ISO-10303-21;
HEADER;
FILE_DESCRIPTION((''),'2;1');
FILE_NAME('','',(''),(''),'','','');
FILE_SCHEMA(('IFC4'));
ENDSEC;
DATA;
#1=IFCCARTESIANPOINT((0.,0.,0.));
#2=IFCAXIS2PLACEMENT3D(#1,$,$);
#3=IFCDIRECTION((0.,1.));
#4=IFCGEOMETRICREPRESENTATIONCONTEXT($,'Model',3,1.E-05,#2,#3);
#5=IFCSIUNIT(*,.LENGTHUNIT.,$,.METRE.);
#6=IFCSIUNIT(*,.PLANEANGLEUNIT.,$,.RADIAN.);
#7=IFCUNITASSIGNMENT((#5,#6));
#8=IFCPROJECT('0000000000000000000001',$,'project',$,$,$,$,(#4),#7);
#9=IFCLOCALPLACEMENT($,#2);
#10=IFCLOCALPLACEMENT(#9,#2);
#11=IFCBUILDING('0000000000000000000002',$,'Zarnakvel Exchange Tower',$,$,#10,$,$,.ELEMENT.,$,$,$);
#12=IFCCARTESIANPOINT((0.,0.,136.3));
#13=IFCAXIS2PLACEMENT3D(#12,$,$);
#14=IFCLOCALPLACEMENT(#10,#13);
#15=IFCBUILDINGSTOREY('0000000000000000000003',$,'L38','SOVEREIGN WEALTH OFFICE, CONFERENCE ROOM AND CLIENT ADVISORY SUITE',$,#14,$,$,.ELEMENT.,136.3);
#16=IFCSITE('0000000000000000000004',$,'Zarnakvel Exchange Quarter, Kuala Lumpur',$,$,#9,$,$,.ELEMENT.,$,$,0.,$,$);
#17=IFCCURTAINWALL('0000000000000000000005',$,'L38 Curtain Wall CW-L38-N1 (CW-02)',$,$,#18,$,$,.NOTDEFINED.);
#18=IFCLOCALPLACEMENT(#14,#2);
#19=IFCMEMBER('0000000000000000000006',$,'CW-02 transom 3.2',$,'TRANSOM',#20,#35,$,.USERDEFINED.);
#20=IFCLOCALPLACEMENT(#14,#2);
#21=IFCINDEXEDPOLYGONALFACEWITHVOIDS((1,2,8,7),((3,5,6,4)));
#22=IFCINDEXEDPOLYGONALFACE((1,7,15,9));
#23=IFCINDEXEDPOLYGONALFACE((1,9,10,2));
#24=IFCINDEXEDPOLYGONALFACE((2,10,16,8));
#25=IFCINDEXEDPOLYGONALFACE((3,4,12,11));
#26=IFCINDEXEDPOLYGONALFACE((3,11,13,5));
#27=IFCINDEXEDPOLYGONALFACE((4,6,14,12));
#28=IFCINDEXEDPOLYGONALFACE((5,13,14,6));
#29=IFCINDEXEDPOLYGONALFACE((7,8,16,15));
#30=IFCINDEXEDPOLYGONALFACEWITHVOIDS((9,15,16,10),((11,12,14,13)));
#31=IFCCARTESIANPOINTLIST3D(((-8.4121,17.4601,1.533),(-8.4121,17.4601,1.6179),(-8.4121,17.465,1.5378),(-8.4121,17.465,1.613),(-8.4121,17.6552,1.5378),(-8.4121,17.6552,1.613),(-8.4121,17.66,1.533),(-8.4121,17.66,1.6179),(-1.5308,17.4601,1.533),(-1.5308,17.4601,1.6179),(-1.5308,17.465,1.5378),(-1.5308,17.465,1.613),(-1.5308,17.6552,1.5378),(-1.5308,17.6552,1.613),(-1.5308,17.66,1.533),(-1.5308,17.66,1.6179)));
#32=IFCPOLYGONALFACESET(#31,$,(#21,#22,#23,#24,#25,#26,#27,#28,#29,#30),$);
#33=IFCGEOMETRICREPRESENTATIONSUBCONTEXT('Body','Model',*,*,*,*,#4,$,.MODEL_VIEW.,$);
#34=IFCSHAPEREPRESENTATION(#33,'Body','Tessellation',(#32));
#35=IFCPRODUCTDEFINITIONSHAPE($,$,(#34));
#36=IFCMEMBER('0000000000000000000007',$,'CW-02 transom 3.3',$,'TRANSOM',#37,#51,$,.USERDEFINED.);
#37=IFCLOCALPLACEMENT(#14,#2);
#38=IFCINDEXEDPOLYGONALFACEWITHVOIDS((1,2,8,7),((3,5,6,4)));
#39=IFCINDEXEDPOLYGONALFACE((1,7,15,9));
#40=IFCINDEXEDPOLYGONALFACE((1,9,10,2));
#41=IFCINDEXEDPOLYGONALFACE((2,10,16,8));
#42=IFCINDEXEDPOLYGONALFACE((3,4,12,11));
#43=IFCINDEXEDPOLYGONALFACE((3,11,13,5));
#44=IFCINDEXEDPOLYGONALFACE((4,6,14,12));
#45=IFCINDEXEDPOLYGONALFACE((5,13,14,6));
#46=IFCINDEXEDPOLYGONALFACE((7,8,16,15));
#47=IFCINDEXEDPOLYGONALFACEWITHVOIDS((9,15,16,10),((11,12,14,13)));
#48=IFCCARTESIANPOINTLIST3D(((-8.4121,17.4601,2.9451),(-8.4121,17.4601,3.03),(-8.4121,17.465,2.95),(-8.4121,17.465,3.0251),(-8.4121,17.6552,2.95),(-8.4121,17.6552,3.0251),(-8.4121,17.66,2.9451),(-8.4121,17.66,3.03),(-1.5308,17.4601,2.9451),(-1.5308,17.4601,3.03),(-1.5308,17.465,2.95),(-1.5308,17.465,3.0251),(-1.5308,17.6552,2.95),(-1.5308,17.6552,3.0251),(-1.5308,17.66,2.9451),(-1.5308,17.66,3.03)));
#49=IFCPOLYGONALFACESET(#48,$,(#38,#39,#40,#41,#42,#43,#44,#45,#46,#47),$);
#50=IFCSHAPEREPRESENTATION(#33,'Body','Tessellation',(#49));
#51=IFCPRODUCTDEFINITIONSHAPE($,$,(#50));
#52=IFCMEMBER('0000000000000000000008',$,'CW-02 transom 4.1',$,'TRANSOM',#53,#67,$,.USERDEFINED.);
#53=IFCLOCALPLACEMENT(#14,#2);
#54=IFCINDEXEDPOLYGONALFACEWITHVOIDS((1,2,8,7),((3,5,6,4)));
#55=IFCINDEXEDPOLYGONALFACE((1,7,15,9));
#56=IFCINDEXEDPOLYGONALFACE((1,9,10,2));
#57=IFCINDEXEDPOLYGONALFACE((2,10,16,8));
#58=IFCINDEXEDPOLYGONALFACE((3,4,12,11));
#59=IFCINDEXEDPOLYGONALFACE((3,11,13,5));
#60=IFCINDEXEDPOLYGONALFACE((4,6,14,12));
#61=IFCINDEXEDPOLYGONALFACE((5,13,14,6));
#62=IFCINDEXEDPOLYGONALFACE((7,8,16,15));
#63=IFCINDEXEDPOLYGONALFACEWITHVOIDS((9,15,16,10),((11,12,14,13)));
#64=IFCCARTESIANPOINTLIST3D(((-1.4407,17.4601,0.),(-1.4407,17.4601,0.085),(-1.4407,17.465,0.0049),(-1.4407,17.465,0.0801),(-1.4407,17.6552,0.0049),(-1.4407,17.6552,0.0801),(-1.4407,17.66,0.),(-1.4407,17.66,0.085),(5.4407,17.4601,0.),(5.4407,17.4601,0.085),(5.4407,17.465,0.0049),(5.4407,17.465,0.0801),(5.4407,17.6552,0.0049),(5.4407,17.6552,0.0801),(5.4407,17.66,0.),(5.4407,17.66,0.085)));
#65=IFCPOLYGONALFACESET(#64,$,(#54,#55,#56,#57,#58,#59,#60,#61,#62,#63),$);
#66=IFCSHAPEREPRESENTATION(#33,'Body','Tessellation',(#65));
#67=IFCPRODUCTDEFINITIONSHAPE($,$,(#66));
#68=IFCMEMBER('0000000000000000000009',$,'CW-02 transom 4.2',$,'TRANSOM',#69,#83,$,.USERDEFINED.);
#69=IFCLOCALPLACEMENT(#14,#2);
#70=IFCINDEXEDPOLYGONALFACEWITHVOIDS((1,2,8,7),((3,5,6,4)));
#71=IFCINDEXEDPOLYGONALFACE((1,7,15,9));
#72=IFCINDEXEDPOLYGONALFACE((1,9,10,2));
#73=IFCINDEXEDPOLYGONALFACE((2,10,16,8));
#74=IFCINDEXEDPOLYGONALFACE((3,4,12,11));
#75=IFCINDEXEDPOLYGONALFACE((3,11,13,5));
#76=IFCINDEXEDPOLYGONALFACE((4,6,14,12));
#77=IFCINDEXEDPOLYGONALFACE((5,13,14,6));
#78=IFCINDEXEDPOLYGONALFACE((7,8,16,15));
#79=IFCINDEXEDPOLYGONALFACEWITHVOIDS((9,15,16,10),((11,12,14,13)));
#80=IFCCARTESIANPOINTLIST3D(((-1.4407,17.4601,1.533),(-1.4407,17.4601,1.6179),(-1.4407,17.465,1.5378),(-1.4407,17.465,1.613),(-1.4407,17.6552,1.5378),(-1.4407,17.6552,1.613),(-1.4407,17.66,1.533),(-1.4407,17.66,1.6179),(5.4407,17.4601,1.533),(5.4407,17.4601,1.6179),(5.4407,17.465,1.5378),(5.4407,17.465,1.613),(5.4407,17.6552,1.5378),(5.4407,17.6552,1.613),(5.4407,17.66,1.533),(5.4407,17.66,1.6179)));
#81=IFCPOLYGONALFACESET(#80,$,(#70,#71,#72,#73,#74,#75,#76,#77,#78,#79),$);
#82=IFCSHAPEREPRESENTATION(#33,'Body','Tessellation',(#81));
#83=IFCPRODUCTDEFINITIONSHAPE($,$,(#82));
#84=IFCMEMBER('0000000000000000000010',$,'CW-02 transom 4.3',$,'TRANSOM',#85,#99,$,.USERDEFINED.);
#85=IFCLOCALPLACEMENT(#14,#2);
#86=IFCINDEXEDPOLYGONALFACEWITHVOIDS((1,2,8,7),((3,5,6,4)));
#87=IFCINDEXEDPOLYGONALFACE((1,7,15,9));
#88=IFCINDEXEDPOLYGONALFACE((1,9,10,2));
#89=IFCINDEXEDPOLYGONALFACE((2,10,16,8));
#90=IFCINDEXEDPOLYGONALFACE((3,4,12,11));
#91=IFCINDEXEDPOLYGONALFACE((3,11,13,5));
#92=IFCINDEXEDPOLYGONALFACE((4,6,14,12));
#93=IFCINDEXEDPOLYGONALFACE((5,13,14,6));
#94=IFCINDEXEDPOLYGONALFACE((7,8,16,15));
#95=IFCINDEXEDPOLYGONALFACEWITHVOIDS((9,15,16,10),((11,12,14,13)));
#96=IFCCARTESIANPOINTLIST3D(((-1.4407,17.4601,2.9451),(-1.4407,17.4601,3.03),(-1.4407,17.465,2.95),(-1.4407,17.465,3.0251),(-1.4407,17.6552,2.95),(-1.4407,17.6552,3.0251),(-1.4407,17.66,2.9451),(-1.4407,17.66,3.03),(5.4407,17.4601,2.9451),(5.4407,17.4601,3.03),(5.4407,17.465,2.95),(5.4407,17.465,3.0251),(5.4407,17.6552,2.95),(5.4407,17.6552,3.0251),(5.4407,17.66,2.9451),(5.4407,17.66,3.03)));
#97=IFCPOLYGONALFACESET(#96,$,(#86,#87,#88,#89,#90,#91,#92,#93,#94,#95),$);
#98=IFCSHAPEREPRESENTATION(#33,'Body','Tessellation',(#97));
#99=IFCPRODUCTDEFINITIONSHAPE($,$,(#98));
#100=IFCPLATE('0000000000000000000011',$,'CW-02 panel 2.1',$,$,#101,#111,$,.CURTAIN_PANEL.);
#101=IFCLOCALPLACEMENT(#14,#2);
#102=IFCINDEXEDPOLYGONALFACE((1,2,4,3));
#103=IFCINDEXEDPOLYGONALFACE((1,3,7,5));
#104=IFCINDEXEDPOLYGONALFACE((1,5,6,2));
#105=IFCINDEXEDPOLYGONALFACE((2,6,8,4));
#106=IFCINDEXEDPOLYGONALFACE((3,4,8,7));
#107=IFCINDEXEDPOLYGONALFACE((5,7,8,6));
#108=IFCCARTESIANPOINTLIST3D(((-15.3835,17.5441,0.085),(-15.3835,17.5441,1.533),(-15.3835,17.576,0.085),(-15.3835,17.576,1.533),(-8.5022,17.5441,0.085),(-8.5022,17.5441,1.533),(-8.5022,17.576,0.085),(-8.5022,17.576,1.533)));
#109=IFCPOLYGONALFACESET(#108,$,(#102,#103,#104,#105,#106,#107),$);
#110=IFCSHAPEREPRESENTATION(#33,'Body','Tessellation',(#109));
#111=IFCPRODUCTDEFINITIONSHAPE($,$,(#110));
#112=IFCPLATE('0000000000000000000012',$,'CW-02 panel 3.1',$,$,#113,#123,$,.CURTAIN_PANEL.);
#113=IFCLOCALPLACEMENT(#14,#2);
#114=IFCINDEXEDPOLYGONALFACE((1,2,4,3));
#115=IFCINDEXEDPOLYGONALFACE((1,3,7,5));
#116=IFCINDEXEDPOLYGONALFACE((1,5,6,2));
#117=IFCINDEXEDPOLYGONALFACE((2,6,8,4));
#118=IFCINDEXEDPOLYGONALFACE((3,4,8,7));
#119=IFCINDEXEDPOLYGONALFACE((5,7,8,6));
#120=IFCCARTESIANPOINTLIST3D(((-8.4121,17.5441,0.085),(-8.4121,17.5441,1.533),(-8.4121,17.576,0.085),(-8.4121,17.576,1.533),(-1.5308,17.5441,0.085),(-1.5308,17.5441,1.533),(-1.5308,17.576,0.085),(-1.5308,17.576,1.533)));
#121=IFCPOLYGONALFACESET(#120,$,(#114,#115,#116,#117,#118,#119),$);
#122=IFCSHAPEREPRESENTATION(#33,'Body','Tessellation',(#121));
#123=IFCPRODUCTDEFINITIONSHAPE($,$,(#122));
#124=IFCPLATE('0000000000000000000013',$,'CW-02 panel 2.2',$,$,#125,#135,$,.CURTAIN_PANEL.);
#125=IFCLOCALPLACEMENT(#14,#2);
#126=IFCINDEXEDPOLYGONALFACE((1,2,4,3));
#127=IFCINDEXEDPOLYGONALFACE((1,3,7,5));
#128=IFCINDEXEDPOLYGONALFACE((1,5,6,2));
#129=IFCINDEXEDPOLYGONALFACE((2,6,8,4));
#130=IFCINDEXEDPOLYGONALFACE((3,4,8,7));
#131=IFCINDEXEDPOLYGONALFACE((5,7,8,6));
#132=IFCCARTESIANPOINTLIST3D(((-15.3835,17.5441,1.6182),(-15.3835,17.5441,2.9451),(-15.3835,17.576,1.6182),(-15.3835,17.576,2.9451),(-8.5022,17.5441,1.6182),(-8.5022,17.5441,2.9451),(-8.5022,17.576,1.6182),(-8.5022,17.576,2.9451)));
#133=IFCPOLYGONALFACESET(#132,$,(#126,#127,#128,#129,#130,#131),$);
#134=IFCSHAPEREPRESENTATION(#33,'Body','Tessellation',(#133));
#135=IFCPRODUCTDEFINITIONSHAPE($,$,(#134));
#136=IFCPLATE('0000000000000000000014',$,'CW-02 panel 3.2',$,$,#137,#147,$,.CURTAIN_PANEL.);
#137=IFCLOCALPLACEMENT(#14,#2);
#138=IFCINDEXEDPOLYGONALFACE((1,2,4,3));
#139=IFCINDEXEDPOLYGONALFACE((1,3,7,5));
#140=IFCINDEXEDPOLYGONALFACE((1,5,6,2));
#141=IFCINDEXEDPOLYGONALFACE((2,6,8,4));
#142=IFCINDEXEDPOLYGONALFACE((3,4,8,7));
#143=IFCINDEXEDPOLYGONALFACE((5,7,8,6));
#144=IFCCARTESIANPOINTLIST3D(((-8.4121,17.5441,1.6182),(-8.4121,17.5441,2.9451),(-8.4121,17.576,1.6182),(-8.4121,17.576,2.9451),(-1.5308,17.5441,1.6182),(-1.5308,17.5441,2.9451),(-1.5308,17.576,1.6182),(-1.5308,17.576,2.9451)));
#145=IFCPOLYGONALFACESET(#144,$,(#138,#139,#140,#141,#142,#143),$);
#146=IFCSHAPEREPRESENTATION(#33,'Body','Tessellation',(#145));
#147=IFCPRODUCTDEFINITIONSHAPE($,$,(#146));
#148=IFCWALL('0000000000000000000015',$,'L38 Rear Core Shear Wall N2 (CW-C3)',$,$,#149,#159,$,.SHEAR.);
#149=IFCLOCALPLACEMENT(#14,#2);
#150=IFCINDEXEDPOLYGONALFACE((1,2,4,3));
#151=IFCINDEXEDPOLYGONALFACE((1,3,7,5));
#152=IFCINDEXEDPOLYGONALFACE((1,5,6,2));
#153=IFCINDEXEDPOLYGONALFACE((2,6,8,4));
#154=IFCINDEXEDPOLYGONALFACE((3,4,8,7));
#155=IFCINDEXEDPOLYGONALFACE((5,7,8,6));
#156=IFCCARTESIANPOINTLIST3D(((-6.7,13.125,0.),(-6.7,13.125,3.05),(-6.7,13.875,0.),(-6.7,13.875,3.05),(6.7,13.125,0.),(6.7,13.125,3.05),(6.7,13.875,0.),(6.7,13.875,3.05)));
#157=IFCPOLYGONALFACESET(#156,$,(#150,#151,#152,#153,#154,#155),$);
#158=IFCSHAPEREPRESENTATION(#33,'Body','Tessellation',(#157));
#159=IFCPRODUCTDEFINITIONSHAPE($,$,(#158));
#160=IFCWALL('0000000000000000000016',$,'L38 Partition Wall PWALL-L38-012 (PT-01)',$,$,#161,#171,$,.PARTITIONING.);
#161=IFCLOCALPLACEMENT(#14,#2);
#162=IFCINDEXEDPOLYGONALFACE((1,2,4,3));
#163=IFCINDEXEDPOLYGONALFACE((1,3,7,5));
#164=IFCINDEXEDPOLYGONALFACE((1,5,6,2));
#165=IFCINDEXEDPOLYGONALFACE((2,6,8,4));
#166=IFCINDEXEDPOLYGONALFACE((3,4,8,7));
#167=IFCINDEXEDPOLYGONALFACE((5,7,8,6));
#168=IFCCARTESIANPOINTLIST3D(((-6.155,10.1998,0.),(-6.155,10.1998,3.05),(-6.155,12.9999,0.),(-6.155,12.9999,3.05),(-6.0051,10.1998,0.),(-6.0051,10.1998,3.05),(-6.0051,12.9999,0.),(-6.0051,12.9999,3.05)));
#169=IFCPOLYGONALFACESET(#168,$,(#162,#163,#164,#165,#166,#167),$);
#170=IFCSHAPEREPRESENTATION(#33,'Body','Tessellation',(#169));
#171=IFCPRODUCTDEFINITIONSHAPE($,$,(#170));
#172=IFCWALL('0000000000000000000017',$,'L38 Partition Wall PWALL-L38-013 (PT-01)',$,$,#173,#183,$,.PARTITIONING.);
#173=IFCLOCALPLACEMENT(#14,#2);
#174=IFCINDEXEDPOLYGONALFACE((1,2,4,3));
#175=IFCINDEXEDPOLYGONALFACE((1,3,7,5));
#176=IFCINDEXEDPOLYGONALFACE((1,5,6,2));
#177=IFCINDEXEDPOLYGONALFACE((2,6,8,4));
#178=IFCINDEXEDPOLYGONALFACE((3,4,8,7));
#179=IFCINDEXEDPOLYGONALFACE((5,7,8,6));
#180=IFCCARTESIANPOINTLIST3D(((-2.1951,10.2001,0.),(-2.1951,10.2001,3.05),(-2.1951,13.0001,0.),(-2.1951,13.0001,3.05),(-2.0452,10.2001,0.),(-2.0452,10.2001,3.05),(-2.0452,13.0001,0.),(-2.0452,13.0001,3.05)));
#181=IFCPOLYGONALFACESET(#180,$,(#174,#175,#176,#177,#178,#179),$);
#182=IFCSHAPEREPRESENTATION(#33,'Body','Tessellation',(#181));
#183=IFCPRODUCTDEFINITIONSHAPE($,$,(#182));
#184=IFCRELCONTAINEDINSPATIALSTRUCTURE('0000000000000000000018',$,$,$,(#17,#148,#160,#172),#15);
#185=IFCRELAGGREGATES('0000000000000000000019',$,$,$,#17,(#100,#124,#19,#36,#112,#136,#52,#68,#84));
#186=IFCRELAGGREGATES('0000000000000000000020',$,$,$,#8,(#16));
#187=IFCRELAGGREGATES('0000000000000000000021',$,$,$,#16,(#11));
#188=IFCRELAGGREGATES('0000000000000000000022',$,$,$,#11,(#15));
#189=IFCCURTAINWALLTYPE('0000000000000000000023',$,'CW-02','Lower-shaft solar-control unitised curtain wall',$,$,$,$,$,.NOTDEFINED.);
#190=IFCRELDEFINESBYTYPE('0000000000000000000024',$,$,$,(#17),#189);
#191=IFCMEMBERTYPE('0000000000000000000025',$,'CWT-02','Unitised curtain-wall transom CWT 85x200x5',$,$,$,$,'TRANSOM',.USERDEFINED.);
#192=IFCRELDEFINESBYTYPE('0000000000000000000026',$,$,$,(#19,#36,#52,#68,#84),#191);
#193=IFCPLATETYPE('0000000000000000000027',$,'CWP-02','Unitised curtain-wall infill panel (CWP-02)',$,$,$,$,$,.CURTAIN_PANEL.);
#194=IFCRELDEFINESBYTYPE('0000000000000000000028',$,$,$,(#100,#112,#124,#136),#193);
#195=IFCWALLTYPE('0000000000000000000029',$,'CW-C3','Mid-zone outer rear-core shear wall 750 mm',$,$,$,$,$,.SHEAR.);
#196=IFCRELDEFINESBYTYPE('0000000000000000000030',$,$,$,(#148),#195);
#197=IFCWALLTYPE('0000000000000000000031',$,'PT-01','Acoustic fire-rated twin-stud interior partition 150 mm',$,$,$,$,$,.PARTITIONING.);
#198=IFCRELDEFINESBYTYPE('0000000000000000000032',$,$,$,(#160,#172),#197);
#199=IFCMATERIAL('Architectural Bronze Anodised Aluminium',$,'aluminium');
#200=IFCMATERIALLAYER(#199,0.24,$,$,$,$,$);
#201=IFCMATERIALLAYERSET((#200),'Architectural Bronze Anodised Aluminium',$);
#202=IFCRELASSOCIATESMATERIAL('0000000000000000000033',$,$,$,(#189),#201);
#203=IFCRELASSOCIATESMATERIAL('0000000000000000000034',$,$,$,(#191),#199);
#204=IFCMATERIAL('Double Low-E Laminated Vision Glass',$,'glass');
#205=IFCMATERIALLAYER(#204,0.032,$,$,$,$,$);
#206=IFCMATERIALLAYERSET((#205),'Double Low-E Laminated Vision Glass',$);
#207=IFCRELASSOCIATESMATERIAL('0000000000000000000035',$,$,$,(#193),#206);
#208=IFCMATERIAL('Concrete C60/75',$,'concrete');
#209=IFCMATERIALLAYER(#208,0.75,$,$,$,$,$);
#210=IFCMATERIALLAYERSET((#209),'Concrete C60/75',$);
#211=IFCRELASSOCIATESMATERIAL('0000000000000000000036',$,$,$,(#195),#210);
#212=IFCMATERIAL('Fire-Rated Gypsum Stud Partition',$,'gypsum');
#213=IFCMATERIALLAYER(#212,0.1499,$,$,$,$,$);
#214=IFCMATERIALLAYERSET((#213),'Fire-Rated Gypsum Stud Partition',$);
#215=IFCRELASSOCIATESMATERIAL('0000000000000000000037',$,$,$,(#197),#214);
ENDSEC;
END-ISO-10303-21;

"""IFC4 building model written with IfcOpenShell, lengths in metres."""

from ifc_helpers import new_model, si_unit, direction, frame, frame_2d, origin, origin_2d, place, context, subcontext, project, spatial, rectangle, hollow_rectangle, extrude, source, transform, mapped, material, layer, layer_set, material_profile, profile_set, type_object, element, aggregate, save


model = new_model("IFC4")

# Units and contexts
model_context = context("Model", 3, precision=1e-05, world=origin(), true_north=direction((0.0, 1.0)))
body_context = subcontext(model_context, "Body", "Model", "MODEL_VIEW")
ifc_project = project(units=[si_unit("LENGTHUNIT", "METRE"), si_unit("PLANEANGLEUNIT", "RADIAN")], contexts=[model_context])

# Site, building, storey
site_placement = place(None, origin())
site = spatial("IfcSite", under=ifc_project, at=site_placement, Name="Zarnakvel Exchange Quarter, Kuala Lumpur", CompositionType="ELEMENT", RefElevation=0.0)
building_placement = place(site_placement, origin())
building = spatial("IfcBuilding", under=site, at=building_placement, Name="Zarnakvel Exchange Tower", CompositionType="ELEMENT")
storey_placement = place(building_placement, frame((0.0, 0.0, 136.3)))
storey = spatial("IfcBuildingStorey", under=building, at=storey_placement, Name="L38", Description="SOVEREIGN WEALTH OFFICE, CONFERENCE ROOM AND CLIENT ADVISORY SUITE", CompositionType="ELEMENT", Elevation=136.3)

# Shared definitions
ifc_material_1 = material(Name="Concrete C60/75", Category="concrete")

# Curtain wall, members, plates
ifc_material_2 = material(Name="Architectural Bronze Anodised Aluminium", Category="aluminium")
ifc_layer_1 = layer(ifc_material_2, 0.24)
ifc_layer_set_1 = layer_set([ifc_layer_1], Name="Architectural Bronze Anodised Aluminium")
curtain_wall_type = type_object("IfcCurtainWallType", Name="CW-02", Description="Lower-shaft solar-control unitised curtain wall", PredefinedType="NOTDEFINED", material=ifc_layer_set_1)
curtain_wall_placement = place(storey_placement, origin())
curtain_wall = element("IfcCurtainWall", 1, at=curtain_wall_placement, inside=storey, type_object=curtain_wall_type, Name="L38 Curtain Wall CW-L38-N1 (CW-02)", PredefinedType="NOTDEFINED")
ifc_material_profile_1 = material_profile(ifc_material_2, hollow_rectangle(XDim=0.2, YDim=0.085, WallThickness=0.0049, at=origin_2d()))
ifc_profile_set_1 = profile_set([ifc_material_profile_1], Name="Architectural Bronze Anodised Aluminium")
member_type_1 = type_object("IfcMemberType", Name="CWT-02", Description="Unitised curtain-wall transom CWT 85x200x5", ElementType="TRANSOM", PredefinedType="USERDEFINED", material=ifc_profile_set_1)
shared_shape_1 = source(origin(), body_context, "Body", "SweptSolid", [
    extrude(hollow_rectangle(XDim=0.2, YDim=0.085, WallThickness=0.0049, at=origin_2d()), origin(), (0.0, 0.0, 1.0), 6.8813),
])
member_1_placement = place(storey_placement, frame((-8.4121, 17.5601, 1.5754), z_axis=(1.0, 0.0, 0.0), x_axis=(0.0, 1.0, 0.0)))
member_1 = element("IfcMember", 2, at=member_1_placement, type_object=member_type_1, Name="CW-02 transom 3.2", ObjectType="TRANSOM", PredefinedType="USERDEFINED", context=body_context, shape_type="MappedRepresentation", body=[
    mapped(shared_shape_1, transform((0.0, 0.0, 0.0), x_axis=(1.0, 0.0, 0.0), y_axis=(0.0, 1.0, 0.0), z_axis=(0.0, 0.0, 1.0), scale=1.0)),
])
member_2_placement = place(storey_placement, frame((-8.4121, 17.5601, 2.9875), z_axis=(1.0, 0.0, 0.0), x_axis=(0.0, 1.0, 0.0)))
member_2 = element("IfcMember", 3, at=member_2_placement, type_object=member_type_1, Name="CW-02 transom 3.3", ObjectType="TRANSOM", PredefinedType="USERDEFINED", context=body_context, shape_type="MappedRepresentation", body=[
    mapped(shared_shape_1, transform((0.0, 0.0, 0.0), x_axis=(1.0, 0.0, 0.0), y_axis=(0.0, 1.0, 0.0), z_axis=(0.0, 0.0, 1.0), scale=1.0)),
])
member_3_placement = place(storey_placement, frame((-1.4407, 17.5601, 0.0425), z_axis=(1.0, 0.0, 0.0), x_axis=(0.0, 1.0, 0.0)))
member_3 = element("IfcMember", 4, at=member_3_placement, type_object=member_type_1, Name="CW-02 transom 4.1", ObjectType="TRANSOM", PredefinedType="USERDEFINED", context=body_context, shape_type="MappedRepresentation", body=[
    mapped(shared_shape_1, transform((0.0, 0.0, 0.0), x_axis=(1.0, 0.0, 0.0), y_axis=(0.0, 1.0, 0.0), z_axis=(0.0, 0.0, 1.0), scale=1.0)),
])
member_4_placement = place(storey_placement, frame((-1.4407, 17.5601, 1.5754), z_axis=(1.0, 0.0, 0.0), x_axis=(0.0, 1.0, 0.0)))
member_4 = element("IfcMember", 5, at=member_4_placement, type_object=member_type_1, Name="CW-02 transom 4.2", ObjectType="TRANSOM", PredefinedType="USERDEFINED", context=body_context, shape_type="MappedRepresentation", body=[
    mapped(shared_shape_1, transform((0.0, 0.0, 0.0), x_axis=(1.0, 0.0, 0.0), y_axis=(0.0, 1.0, 0.0), z_axis=(0.0, 0.0, 1.0), scale=1.0)),
])
member_5_placement = place(storey_placement, frame((-1.4407, 17.5601, 2.9875), z_axis=(1.0, 0.0, 0.0), x_axis=(0.0, 1.0, 0.0)))
member_5 = element("IfcMember", 6, at=member_5_placement, type_object=member_type_1, Name="CW-02 transom 4.3", ObjectType="TRANSOM", PredefinedType="USERDEFINED", context=body_context, shape_type="MappedRepresentation", body=[
    mapped(shared_shape_1, transform((0.0, 0.0, 0.0), x_axis=(1.0, 0.0, 0.0), y_axis=(0.0, 1.0, 0.0), z_axis=(0.0, 0.0, 1.0), scale=1.0)),
])
ifc_material_3 = material(Name="Double Low-E Laminated Vision Glass", Category="glass")
ifc_layer_2 = layer(ifc_material_3, 0.032)
ifc_layer_set_2 = layer_set([ifc_layer_2], Name="Double Low-E Laminated Vision Glass")
plate_type = type_object("IfcPlateType", Name="CWP-02", Description="Unitised curtain-wall infill panel (CWP-02)", PredefinedType="CURTAIN_PANEL", material=ifc_layer_set_2)
shared_shape_2 = source(origin(), body_context, "Body", "SweptSolid", [
    extrude(rectangle(XDim=6.8813, YDim=0.032, at=origin_2d()), origin(), (0.0, 0.0, 1.0), 1.448),
])
plate_1_placement = place(storey_placement, frame((-11.9429, 17.5601, 0.085), z_axis=(0.0, 0.0, 1.0), x_axis=(1.0, 0.0, 0.0)))
plate_1 = element("IfcPlate", 7, at=plate_1_placement, type_object=plate_type, Name="CW-02 panel 2.1", PredefinedType="CURTAIN_PANEL", context=body_context, shape_type="MappedRepresentation", body=[
    mapped(shared_shape_2, transform((0.0, 0.0, 0.0), x_axis=(1.0, 0.0, 0.0), y_axis=(0.0, 1.0, 0.0), z_axis=(0.0, 0.0, 1.0), scale=1.0)),
])
plate_2_placement = place(storey_placement, frame((-4.9714, 17.5601, 0.085), z_axis=(0.0, 0.0, 1.0), x_axis=(1.0, 0.0, 0.0)))
plate_2 = element("IfcPlate", 8, at=plate_2_placement, type_object=plate_type, Name="CW-02 panel 3.1", PredefinedType="CURTAIN_PANEL", context=body_context, shape_type="MappedRepresentation", body=[
    mapped(shared_shape_2, transform((0.0, 0.0, 0.0), x_axis=(1.0, 0.0, 0.0), y_axis=(0.0, 1.0, 0.0), z_axis=(0.0, 0.0, 1.0), scale=1.0)),
])
shared_shape_3 = source(origin(), body_context, "Body", "SweptSolid", [
    extrude(rectangle(XDim=6.8813, YDim=0.032, at=origin_2d()), origin(), (0.0, 0.0, 1.0), 1.3269),
])
plate_3_placement = place(storey_placement, frame((-11.9429, 17.5601, 1.6182), z_axis=(0.0, 0.0, 1.0), x_axis=(1.0, 0.0, 0.0)))
plate_3 = element("IfcPlate", 9, at=plate_3_placement, type_object=plate_type, Name="CW-02 panel 2.2", PredefinedType="CURTAIN_PANEL", context=body_context, shape_type="MappedRepresentation", body=[
    mapped(shared_shape_3, transform((0.0, 0.0, 0.0), x_axis=(1.0, 0.0, 0.0), y_axis=(0.0, 1.0, 0.0), z_axis=(0.0, 0.0, 1.0), scale=1.0)),
])
plate_4_placement = place(storey_placement, frame((-4.9714, 17.5601, 1.6182), z_axis=(0.0, 0.0, 1.0), x_axis=(1.0, 0.0, 0.0)))
plate_4 = element("IfcPlate", 10, at=plate_4_placement, type_object=plate_type, Name="CW-02 panel 3.2", PredefinedType="CURTAIN_PANEL", context=body_context, shape_type="MappedRepresentation", body=[
    mapped(shared_shape_3, transform((0.0, 0.0, 0.0), x_axis=(1.0, 0.0, 0.0), y_axis=(0.0, 1.0, 0.0), z_axis=(0.0, 0.0, 1.0), scale=1.0)),
])
aggregate(curtain_wall, [plate_1, plate_3, member_1, member_2, plate_2, plate_4, member_3, member_4, member_5])

# Wall
ifc_layer_3 = layer(ifc_material_1, 0.75)
ifc_layer_set_3 = layer_set([ifc_layer_3], Name="Concrete C60/75")
wall_type_1 = type_object("IfcWallType", Name="CW-C3", Description="Mid-zone outer rear-core shear wall 750 mm", PredefinedType="SHEAR", material=ifc_layer_set_3)
wall_1_placement = place(storey_placement, frame((-6.7, 13.5, 0.0), z_axis=(0.0, 0.0, 1.0), x_axis=(1.0, 0.0, 0.0)))
element("IfcWall", 11, at=wall_1_placement, inside=storey, type_object=wall_type_1, Name="L38 Rear Core Shear Wall N2 (CW-C3)", PredefinedType="SHEAR", context=body_context, shape_type="SweptSolid", body=[
    extrude(rectangle(XDim=13.3999, YDim=0.75, at=frame_2d((6.7, 0.0))), origin(), (0.0, 0.0, 1.0), 3.05),
])

# Shared definitions
ifc_material_4 = material(Name="Fire-Rated Gypsum Stud Partition", Category="gypsum")
ifc_layer_4 = layer(ifc_material_4, 0.1499)
ifc_layer_set_4 = layer_set([ifc_layer_4], Name="Fire-Rated Gypsum Stud Partition")
wall_type_2 = type_object("IfcWallType", Name="PT-01", Description="Acoustic fire-rated twin-stud interior partition 150 mm", PredefinedType="PARTITIONING", material=ifc_layer_set_4)

# Walls
for number, where, z_axis, x_axis, name in (
    (12, (-6.0801, 10.2, 0.0), (0.0, 0.0, 1.0), (0.0, 1.0, 0.0), "L38 Partition Wall PWALL-L38-012 (PT-01)"),
    (13, (-2.1201, 13.0, 0.0), (0.0, 0.0, 1.0), (0.0, -1.0, 0.0), "L38 Partition Wall PWALL-L38-013 (PT-01)"),
):
    element("IfcWall", number, at=place(storey_placement, frame(where, z_axis=z_axis, x_axis=x_axis)), inside=storey, type_object=wall_type_2, Name=name, PredefinedType="PARTITIONING", context=body_context, shape_type="SweptSolid", body=[
        extrude(rectangle(XDim=2.8, YDim=0.1499, at=frame_2d((1.3999, 0.0))), origin(), (0.0, 0.0, 1.0), 3.05),
    ])

save(model, "model.ifc")
